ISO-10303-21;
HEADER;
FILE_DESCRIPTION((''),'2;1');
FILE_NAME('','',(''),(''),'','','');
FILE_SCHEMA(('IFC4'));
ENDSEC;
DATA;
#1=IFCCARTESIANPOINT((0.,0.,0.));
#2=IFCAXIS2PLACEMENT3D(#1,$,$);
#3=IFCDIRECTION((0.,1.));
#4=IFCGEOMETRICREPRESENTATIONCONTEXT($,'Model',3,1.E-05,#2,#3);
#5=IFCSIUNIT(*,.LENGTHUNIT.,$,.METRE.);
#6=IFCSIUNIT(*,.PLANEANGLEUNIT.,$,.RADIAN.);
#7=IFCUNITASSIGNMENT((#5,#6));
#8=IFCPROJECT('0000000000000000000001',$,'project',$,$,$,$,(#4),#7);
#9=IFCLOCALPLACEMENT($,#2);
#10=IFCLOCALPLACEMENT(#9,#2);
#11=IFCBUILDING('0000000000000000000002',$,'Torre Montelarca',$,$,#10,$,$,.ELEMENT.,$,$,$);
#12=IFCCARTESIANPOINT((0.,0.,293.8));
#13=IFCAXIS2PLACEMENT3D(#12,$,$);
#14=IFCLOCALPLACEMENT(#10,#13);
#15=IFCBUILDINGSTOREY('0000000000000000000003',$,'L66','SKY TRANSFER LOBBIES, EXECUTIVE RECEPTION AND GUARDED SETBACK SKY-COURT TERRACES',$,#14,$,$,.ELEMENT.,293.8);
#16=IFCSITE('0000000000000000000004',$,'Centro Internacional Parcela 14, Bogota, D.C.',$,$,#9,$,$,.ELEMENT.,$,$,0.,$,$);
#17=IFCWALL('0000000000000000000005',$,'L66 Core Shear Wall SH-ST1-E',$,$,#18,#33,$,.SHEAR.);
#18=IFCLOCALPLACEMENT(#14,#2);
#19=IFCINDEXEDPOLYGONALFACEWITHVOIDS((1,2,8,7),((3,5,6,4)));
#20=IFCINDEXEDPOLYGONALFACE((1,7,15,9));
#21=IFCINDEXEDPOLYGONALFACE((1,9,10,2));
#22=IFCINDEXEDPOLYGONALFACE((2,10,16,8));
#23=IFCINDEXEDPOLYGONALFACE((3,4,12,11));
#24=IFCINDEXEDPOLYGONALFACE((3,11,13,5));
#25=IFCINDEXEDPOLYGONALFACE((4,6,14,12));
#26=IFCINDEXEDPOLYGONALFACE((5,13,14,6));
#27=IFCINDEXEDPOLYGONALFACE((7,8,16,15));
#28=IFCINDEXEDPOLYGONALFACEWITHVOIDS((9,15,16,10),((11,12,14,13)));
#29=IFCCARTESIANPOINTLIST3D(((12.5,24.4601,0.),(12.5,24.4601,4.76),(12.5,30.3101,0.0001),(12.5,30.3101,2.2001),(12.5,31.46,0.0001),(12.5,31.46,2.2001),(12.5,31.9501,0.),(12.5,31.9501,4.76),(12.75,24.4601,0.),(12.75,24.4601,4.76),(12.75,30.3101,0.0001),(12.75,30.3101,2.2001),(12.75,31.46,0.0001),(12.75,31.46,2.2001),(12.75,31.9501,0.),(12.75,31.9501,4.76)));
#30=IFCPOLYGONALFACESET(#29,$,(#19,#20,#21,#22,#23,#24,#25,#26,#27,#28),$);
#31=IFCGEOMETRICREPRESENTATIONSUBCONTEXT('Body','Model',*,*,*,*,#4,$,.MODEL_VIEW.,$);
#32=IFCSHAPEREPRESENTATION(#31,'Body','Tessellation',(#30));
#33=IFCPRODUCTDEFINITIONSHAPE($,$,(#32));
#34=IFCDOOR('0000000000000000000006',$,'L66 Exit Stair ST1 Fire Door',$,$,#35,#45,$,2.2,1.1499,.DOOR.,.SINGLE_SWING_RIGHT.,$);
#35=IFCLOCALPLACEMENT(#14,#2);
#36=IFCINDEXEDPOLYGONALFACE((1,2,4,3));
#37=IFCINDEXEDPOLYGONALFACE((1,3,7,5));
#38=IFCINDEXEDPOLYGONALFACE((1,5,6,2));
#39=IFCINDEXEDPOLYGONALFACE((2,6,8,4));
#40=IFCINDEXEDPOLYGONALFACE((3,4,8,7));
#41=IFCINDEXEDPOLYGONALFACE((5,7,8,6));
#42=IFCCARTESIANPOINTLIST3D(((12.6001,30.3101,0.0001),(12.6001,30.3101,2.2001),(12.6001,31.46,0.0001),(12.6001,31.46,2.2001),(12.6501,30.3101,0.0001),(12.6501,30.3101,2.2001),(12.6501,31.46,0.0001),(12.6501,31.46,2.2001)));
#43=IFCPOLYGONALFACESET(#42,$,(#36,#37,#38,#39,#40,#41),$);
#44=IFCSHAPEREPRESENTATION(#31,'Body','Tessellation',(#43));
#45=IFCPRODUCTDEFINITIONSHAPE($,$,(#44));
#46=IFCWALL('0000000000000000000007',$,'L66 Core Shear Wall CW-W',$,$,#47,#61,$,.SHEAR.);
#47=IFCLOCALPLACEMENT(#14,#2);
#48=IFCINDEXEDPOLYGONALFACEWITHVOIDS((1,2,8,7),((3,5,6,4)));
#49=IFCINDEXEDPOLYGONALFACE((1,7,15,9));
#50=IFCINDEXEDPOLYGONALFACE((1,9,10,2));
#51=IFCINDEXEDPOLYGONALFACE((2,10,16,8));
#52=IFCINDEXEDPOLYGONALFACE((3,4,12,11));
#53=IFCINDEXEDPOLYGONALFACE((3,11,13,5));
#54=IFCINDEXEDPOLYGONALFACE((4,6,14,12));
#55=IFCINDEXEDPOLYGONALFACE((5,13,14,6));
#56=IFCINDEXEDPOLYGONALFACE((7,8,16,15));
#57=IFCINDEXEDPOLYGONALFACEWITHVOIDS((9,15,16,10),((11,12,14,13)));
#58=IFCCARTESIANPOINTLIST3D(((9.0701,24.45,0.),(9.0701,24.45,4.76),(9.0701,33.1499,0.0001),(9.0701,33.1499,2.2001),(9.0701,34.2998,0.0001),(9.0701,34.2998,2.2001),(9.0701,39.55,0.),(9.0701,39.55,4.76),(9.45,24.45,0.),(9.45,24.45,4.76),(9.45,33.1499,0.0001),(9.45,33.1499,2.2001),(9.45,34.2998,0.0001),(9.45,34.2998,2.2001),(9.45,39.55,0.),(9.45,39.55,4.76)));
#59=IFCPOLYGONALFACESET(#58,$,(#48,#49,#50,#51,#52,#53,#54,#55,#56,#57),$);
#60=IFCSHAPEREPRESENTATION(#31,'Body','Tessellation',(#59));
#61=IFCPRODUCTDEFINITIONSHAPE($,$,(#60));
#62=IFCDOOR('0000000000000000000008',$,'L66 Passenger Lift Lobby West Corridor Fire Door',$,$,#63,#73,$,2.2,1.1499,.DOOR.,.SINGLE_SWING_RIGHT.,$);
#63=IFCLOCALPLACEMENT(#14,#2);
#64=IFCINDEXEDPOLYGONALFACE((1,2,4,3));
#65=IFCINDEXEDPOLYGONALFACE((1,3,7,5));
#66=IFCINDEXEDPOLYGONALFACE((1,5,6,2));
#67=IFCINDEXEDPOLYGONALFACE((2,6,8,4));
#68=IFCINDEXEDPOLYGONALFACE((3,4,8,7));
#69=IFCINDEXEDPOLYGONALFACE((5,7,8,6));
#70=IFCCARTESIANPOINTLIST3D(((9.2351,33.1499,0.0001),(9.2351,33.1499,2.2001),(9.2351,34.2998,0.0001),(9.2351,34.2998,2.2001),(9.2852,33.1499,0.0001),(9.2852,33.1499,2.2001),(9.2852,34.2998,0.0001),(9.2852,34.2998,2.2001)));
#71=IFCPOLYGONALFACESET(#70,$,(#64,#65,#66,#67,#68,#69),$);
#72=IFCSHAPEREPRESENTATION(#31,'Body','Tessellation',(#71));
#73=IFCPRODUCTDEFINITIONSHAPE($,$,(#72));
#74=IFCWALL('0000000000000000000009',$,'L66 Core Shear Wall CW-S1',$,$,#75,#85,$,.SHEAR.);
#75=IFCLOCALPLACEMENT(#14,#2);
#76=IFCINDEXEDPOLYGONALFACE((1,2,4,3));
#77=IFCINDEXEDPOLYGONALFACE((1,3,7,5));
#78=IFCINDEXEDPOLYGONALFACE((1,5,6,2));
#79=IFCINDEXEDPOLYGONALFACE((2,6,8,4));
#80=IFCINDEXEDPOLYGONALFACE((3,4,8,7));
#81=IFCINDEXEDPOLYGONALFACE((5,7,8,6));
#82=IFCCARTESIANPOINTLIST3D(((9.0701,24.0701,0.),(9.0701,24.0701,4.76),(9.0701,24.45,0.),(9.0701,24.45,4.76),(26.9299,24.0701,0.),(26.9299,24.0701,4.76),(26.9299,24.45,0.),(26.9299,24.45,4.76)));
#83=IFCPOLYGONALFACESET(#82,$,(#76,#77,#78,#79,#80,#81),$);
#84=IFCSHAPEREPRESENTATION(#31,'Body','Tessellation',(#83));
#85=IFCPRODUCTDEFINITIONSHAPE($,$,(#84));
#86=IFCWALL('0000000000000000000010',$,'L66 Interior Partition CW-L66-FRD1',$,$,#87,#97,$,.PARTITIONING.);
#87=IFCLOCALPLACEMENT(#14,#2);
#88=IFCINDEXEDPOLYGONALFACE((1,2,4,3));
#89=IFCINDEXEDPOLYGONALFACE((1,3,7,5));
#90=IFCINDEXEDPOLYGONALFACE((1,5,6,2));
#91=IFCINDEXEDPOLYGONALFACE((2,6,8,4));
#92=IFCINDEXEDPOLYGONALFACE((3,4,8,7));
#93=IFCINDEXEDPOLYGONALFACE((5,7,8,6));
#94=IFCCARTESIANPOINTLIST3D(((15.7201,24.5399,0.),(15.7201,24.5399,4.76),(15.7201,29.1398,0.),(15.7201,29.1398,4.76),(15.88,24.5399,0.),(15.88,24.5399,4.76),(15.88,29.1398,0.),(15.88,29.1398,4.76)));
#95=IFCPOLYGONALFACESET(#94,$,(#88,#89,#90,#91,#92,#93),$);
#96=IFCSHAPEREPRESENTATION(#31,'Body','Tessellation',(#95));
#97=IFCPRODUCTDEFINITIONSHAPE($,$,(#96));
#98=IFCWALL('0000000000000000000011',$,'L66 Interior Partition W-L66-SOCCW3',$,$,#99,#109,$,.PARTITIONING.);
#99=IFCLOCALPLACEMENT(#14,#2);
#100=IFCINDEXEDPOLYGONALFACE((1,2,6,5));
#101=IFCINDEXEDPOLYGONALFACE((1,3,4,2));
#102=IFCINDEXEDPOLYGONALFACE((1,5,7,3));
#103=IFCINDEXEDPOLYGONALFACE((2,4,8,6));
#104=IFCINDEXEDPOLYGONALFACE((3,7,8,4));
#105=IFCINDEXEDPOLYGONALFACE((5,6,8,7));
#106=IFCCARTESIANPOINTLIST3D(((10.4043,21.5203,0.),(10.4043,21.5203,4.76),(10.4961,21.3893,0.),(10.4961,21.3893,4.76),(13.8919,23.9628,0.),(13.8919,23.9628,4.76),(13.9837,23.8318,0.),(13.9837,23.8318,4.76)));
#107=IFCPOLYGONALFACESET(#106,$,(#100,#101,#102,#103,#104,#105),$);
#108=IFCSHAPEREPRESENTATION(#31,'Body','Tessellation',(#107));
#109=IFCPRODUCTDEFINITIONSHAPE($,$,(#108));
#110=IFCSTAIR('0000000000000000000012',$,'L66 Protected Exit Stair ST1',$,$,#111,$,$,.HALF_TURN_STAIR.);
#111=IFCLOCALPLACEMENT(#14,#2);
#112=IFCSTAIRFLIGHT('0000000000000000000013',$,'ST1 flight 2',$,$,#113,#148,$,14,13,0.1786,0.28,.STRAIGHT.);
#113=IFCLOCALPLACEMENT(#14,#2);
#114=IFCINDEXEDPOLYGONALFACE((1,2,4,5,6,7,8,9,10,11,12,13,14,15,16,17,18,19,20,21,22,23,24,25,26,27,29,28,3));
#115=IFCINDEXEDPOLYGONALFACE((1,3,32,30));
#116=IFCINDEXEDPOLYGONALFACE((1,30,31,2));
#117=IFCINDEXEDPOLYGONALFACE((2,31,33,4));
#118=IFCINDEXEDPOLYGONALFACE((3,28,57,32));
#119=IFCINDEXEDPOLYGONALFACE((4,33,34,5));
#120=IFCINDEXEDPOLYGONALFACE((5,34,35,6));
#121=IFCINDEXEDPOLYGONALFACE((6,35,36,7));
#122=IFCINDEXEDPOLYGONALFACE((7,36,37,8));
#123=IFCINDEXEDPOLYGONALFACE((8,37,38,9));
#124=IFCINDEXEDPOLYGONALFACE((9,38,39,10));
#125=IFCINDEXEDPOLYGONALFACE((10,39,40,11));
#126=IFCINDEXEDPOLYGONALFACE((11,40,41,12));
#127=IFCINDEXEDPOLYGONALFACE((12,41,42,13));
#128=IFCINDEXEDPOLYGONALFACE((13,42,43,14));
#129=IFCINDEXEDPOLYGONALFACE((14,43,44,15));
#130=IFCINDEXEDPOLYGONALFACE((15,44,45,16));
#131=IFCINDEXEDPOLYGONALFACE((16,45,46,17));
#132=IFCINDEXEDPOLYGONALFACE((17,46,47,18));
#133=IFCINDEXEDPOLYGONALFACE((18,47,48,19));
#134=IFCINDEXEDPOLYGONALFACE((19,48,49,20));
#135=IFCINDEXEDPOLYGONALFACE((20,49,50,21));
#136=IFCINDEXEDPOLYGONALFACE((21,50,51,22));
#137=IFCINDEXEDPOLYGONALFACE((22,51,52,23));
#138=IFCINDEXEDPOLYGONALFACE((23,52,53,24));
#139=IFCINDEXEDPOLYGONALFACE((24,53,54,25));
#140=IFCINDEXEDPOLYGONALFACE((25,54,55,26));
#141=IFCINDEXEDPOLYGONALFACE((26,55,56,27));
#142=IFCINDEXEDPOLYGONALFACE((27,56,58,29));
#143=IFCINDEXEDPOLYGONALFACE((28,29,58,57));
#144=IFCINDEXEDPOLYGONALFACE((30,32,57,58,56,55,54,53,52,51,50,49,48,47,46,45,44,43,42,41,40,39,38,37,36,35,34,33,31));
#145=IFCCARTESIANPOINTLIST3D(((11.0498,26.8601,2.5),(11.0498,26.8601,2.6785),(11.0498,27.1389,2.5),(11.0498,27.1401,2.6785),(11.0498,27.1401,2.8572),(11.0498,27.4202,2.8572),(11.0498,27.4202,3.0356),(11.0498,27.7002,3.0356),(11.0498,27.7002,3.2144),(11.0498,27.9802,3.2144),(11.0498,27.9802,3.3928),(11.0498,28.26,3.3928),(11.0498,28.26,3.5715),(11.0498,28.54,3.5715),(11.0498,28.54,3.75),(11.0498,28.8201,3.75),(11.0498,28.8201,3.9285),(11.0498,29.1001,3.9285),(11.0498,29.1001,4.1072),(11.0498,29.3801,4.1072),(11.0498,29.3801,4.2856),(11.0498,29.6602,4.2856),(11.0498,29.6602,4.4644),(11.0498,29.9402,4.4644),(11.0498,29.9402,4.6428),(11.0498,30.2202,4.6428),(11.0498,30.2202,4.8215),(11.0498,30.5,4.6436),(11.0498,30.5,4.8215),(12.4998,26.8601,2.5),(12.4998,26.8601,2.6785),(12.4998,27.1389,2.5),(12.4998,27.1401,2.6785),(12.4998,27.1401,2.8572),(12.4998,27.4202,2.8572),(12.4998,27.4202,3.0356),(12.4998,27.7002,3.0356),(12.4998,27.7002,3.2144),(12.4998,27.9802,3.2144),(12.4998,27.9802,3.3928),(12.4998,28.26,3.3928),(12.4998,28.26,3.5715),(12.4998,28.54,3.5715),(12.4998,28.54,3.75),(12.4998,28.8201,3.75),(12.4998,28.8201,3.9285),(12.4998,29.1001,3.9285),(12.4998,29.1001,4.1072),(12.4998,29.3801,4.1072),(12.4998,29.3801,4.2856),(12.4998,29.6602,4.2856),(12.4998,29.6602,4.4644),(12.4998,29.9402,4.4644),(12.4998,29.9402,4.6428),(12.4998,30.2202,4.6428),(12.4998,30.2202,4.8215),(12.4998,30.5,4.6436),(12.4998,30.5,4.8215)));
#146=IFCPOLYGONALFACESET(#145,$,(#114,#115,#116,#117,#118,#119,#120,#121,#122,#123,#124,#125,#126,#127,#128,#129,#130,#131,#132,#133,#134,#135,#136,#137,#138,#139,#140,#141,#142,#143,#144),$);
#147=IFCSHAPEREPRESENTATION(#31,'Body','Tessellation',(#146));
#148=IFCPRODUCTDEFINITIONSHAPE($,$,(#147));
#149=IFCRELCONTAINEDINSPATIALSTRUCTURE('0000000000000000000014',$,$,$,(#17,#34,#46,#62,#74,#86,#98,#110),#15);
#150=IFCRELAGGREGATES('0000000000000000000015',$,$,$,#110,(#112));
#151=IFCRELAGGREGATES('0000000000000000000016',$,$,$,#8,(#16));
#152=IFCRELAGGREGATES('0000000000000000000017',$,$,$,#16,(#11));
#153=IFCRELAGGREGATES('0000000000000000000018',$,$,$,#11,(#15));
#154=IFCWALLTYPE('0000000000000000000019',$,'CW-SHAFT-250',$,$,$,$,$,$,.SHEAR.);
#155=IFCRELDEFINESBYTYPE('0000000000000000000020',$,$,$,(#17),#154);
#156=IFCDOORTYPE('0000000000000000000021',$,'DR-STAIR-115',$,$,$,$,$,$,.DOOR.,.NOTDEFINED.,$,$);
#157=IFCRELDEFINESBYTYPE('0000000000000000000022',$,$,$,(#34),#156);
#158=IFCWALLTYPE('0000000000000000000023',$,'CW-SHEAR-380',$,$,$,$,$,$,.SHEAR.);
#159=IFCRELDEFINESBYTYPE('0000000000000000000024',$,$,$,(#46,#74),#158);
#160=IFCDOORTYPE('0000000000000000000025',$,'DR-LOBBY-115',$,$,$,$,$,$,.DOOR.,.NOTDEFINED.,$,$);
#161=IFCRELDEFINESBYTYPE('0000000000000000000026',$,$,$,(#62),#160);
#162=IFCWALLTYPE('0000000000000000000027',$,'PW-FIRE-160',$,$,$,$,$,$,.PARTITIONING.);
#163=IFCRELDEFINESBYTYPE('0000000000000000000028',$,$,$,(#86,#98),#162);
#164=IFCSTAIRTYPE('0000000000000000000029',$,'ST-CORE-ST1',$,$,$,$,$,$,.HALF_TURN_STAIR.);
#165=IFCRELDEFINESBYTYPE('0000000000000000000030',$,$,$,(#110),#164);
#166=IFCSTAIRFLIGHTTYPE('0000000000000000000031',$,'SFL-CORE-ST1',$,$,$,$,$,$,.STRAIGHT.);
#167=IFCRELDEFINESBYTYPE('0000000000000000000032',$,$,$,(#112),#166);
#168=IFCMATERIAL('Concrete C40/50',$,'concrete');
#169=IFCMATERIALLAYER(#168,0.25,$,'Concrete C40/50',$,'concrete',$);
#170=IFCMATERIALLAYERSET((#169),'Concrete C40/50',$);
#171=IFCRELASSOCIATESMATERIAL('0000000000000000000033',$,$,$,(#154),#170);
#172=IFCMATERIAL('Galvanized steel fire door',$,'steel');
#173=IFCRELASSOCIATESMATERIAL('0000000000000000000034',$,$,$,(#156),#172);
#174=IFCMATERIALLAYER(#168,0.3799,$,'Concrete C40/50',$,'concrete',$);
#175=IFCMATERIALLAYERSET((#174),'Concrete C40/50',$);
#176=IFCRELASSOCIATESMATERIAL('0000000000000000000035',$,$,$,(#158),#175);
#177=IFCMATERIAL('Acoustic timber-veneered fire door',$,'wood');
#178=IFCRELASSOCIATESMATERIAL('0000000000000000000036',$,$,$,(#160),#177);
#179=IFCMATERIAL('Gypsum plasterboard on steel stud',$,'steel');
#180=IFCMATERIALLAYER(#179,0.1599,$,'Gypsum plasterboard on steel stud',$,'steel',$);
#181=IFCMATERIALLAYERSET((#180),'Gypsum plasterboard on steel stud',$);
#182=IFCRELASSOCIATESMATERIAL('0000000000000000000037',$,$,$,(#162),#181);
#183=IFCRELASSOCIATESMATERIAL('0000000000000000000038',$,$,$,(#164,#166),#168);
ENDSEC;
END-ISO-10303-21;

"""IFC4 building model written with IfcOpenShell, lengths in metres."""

from ifc_helpers import new_model, si_unit, direction, frame, frame_2d, origin, place, context, subcontext, project, spatial, polyline, rectangle, outline, extrude, source, transform, mapped, material, layer, layer_set, type_object, element, fill, aggregate, save


model = new_model("IFC4")

# Units and contexts
model_context = context("Model", 3, precision=1e-05, world=origin(), true_north=direction((0.0, 1.0)))
body_context = subcontext(model_context, "Body", "Model", "MODEL_VIEW")
ifc_project = project(units=[si_unit("LENGTHUNIT", "METRE"), si_unit("PLANEANGLEUNIT", "RADIAN")], contexts=[model_context])

# Site, building, storey
site_placement = place(None, origin())
site = spatial("IfcSite", under=ifc_project, at=site_placement, Name="Centro Internacional Parcela 14, Bogota, D.C.", CompositionType="ELEMENT", RefElevation=0.0)
building_placement = place(site_placement, origin())
building = spatial("IfcBuilding", under=site, at=building_placement, Name="Torre Montelarca", CompositionType="ELEMENT")
storey_placement = place(building_placement, frame((0.0, 0.0, 293.8)))
storey = spatial("IfcBuildingStorey", under=building, at=storey_placement, Name="L66", Description="SKY TRANSFER LOBBIES, EXECUTIVE RECEPTION AND GUARDED SETBACK SKY-COURT TERRACES", CompositionType="ELEMENT", Elevation=293.8)

# Shared definitions
ifc_material_1 = material(Name="Concrete C40/50", Category="concrete")

# Walls, openings, doors
ifc_layer_1 = layer(ifc_material_1, 0.25, Name="Concrete C40/50", Category="concrete")
ifc_layer_set_1 = layer_set([ifc_layer_1], Name="Concrete C40/50")
wall_type_1 = type_object("IfcWallType", Name="CW-SHAFT-250", PredefinedType="SHEAR", material=ifc_layer_set_1)
wall_1_placement = place(storey_placement, frame((12.625, 24.46, 0.0), z_axis=(0.0, 0.0, 1.0), x_axis=(0.0, 1.0, 0.0)))
wall_1 = element("IfcWall", 1, at=wall_1_placement, inside=storey, type_object=wall_type_1, Name="L66 Core Shear Wall SH-ST1-E", PredefinedType="SHEAR", context=body_context, shape_type="SweptSolid", body=[
    extrude(rectangle(XDim=7.49, YDim=0.25, at=frame_2d((3.7451, 0.0))), origin(), (0.0, 0.0, 1.0), 4.76),
])
opening_1_placement = place(wall_1_placement, frame((5.8501, 0.0, 0.0)))
opening_1 = element("IfcOpeningElement", 2, at=opening_1_placement, cuts=wall_1, PredefinedType="OPENING", context=body_context, shape_type="SweptSolid", body=[
    extrude(rectangle(XDim=1.1499, YDim=2.2, at=frame_2d((0.575, 1.1001))), frame((0.0, 0.135, 0.0), z_axis=(0.0, -1.0, 0.0), x_axis=(1.0, 0.0, 0.0)), (0.0, 0.0, 1.0), 0.27),
])
ifc_material_2 = material(Name="Galvanized steel fire door", Category="steel")
door_type_1 = type_object("IfcDoorType", Name="DR-STAIR-115", OperationType="NOTDEFINED", PredefinedType="DOOR", material=ifc_material_2)
shared_shape_1 = source(origin(), body_context, "Body", "SweptSolid", [
    extrude(rectangle(XDim=1.1499, YDim=2.2, at=frame_2d((0.575, 1.1001))), frame((0.0, 0.0249, 0.0), z_axis=(0.0, -1.0, 0.0), x_axis=(1.0, 0.0, 0.0)), (0.0, 0.0, 1.0), 0.05),
])
door_1_placement = place(opening_1_placement, origin())
door_1 = element("IfcDoor", 3, at=door_1_placement, inside=storey, type_object=door_type_1, Name="L66 Exit Stair ST1 Fire Door", OperationType="SINGLE_SWING_RIGHT", OverallHeight=2.2, OverallWidth=1.1499, PredefinedType="DOOR", context=body_context, shape_type="MappedRepresentation", body=[
    mapped(shared_shape_1, transform((0.0, 0.0, 0.0), scale=1.0)),
])
fill(opening_1, door_1)
ifc_layer_2 = layer(ifc_material_1, 0.3799, Name="Concrete C40/50", Category="concrete")
ifc_layer_set_2 = layer_set([ifc_layer_2], Name="Concrete C40/50")
wall_type_2 = type_object("IfcWallType", Name="CW-SHEAR-380", PredefinedType="SHEAR", material=ifc_layer_set_2)
wall_2_placement = place(storey_placement, frame((9.26, 24.45, 0.0), z_axis=(0.0, 0.0, 1.0), x_axis=(0.0, 1.0, 0.0)))
wall_2 = element("IfcWall", 4, at=wall_2_placement, inside=storey, type_object=wall_type_2, Name="L66 Core Shear Wall CW-W", PredefinedType="SHEAR", context=body_context, shape_type="SweptSolid", body=[
    extrude(rectangle(XDim=15.1001, YDim=0.3799, at=frame_2d((7.55, 0.0))), origin(), (0.0, 0.0, 1.0), 4.76),
])
opening_2_placement = place(wall_2_placement, frame((8.7, 0.0, 0.0)))
opening_2 = element("IfcOpeningElement", 5, at=opening_2_placement, cuts=wall_2, PredefinedType="OPENING", context=body_context, shape_type="SweptSolid", body=[
    extrude(rectangle(XDim=1.1499, YDim=2.2, at=frame_2d((0.575, 1.1001))), frame((0.0, 0.2, 0.0), z_axis=(0.0, -1.0, 0.0), x_axis=(1.0, 0.0, 0.0)), (0.0, 0.0, 1.0), 0.3999),
])
ifc_material_3 = material(Name="Acoustic timber-veneered fire door", Category="wood")
door_type_2 = type_object("IfcDoorType", Name="DR-LOBBY-115", OperationType="NOTDEFINED", PredefinedType="DOOR", material=ifc_material_3)
shared_shape_2 = source(origin(), body_context, "Body", "SweptSolid", [
    extrude(rectangle(XDim=1.1499, YDim=2.2, at=frame_2d((0.575, 1.1001))), frame((0.0, 0.0249, 0.0), z_axis=(0.0, -1.0, 0.0), x_axis=(1.0, 0.0, 0.0)), (0.0, 0.0, 1.0), 0.05),
])
door_2_placement = place(opening_2_placement, origin())
door_2 = element("IfcDoor", 6, at=door_2_placement, inside=storey, type_object=door_type_2, Name="L66 Passenger Lift Lobby West Corridor Fire Door", OperationType="SINGLE_SWING_RIGHT", OverallHeight=2.2, OverallWidth=1.1499, PredefinedType="DOOR", context=body_context, shape_type="MappedRepresentation", body=[
    mapped(shared_shape_2, transform((0.0, 0.0, 0.0), scale=1.0)),
])
fill(opening_2, door_2)

# Walls
wall_3_placement = place(storey_placement, frame((9.0701, 24.26, 0.0), z_axis=(0.0, 0.0, 1.0), x_axis=(1.0, 0.0, 0.0)))
element("IfcWall", 7, at=wall_3_placement, inside=storey, type_object=wall_type_2, Name="L66 Core Shear Wall CW-S1", PredefinedType="SHEAR", context=body_context, shape_type="SweptSolid", body=[
    extrude(rectangle(XDim=17.8599, YDim=0.3799, at=frame_2d((8.9299, 0.0))), origin(), (0.0, 0.0, 1.0), 4.76),
])
ifc_material_4 = material(Name="Gypsum plasterboard on steel stud", Category="steel")
ifc_layer_3 = layer(ifc_material_4, 0.1599, Name="Gypsum plasterboard on steel stud", Category="steel")
ifc_layer_set_3 = layer_set([ifc_layer_3], Name="Gypsum plasterboard on steel stud")
wall_type_3 = type_object("IfcWallType", Name="PW-FIRE-160", PredefinedType="PARTITIONING", material=ifc_layer_set_3)
wall_4_placement = place(storey_placement, frame((15.8, 24.54, 0.0), z_axis=(0.0, 0.0, 1.0), x_axis=(0.0, 1.0, 0.0)))
element("IfcWall", 8, at=wall_4_placement, inside=storey, type_object=wall_type_3, Name="L66 Interior Partition CW-L66-FRD1", PredefinedType="PARTITIONING", context=body_context, shape_type="SweptSolid", body=[
    extrude(rectangle(XDim=4.5999, YDim=0.1599, at=frame_2d((2.2998, 0.0))), origin(), (0.0, 0.0, 1.0), 4.76),
])
wall_5_placement = place(storey_placement, frame((10.4502, 21.4548, 0.0), z_axis=(0.0, 0.0, 1.0), x_axis=(0.819111, 0.573636, 0.0)))
element("IfcWall", 9, at=wall_5_placement, inside=storey, type_object=wall_type_3, Name="L66 Interior Partition W-L66-SOCCW3", PredefinedType="PARTITIONING", context=body_context, shape_type="SweptSolid", body=[
    extrude(rectangle(XDim=4.2578, YDim=0.1599, at=frame_2d((2.1289, 0.0))), origin(), (0.0, 0.0, 1.0), 4.76),
])

# Stair, stair flight
stair_type = type_object("IfcStairType", Name="ST-CORE-ST1", PredefinedType="HALF_TURN_STAIR", material=ifc_material_1)
stair_placement = place(storey_placement, origin())
stair = element("IfcStair", 10, at=stair_placement, inside=storey, type_object=stair_type, Name="L66 Protected Exit Stair ST1", PredefinedType="HALF_TURN_STAIR")
stair_flight_type = type_object("IfcStairFlightType", Name="SFL-CORE-ST1", PredefinedType="STRAIGHT", material=ifc_material_1)
stair_flight_placement = place(storey_placement, frame((11.7749, 26.8601, 2.5), z_axis=(0.0, 0.0, 1.0), x_axis=(0.0, 1.0, 0.0)))
stair_flight = element("IfcStairFlight", 11, at=stair_flight_placement, type_object=stair_flight_type, Name="ST1 flight 2", NumberOfRisers=14, NumberOfTreads=13, PredefinedType="STRAIGHT", RiserHeight=0.1786, TreadLength=0.28, context=body_context, shape_type="SweptSolid", body=[
    extrude(outline(polyline([(0.0, 0.0), (0.0, 0.1785), (0.28, 0.1785), (0.28, 0.3572), (0.5601, 0.3572), (0.5601, 0.5356), (0.8401, 0.5356), (0.8401, 0.7144), (1.1201, 0.7144), (1.1201, 0.8928), (1.3999, 0.8928), (1.3999, 1.0715), (1.6799, 1.0715), (1.6799, 1.25), (1.96, 1.25), (1.96, 1.4285), (2.24, 1.4285), (2.24, 1.6072), (2.52, 1.6072), (2.52, 1.7856), (2.8, 1.7856), (2.8, 1.9644), (3.0801, 1.9644), (3.0801, 2.1428), (3.3601, 2.1428), (3.3601, 2.3215), (3.6399, 2.3215), (3.6399, 2.5), (3.6399, 2.1436), (0.2788, 0.0), (0.0, 0.0)])), frame((0.0, 0.7251, 0.0), z_axis=(0.0, -1.0, 0.0), x_axis=(1.0, 0.0, 0.0)), (0.0, 0.0, 1.0), 1.45),
])
aggregate(stair, [stair_flight])

save(model, "model.ifc")
